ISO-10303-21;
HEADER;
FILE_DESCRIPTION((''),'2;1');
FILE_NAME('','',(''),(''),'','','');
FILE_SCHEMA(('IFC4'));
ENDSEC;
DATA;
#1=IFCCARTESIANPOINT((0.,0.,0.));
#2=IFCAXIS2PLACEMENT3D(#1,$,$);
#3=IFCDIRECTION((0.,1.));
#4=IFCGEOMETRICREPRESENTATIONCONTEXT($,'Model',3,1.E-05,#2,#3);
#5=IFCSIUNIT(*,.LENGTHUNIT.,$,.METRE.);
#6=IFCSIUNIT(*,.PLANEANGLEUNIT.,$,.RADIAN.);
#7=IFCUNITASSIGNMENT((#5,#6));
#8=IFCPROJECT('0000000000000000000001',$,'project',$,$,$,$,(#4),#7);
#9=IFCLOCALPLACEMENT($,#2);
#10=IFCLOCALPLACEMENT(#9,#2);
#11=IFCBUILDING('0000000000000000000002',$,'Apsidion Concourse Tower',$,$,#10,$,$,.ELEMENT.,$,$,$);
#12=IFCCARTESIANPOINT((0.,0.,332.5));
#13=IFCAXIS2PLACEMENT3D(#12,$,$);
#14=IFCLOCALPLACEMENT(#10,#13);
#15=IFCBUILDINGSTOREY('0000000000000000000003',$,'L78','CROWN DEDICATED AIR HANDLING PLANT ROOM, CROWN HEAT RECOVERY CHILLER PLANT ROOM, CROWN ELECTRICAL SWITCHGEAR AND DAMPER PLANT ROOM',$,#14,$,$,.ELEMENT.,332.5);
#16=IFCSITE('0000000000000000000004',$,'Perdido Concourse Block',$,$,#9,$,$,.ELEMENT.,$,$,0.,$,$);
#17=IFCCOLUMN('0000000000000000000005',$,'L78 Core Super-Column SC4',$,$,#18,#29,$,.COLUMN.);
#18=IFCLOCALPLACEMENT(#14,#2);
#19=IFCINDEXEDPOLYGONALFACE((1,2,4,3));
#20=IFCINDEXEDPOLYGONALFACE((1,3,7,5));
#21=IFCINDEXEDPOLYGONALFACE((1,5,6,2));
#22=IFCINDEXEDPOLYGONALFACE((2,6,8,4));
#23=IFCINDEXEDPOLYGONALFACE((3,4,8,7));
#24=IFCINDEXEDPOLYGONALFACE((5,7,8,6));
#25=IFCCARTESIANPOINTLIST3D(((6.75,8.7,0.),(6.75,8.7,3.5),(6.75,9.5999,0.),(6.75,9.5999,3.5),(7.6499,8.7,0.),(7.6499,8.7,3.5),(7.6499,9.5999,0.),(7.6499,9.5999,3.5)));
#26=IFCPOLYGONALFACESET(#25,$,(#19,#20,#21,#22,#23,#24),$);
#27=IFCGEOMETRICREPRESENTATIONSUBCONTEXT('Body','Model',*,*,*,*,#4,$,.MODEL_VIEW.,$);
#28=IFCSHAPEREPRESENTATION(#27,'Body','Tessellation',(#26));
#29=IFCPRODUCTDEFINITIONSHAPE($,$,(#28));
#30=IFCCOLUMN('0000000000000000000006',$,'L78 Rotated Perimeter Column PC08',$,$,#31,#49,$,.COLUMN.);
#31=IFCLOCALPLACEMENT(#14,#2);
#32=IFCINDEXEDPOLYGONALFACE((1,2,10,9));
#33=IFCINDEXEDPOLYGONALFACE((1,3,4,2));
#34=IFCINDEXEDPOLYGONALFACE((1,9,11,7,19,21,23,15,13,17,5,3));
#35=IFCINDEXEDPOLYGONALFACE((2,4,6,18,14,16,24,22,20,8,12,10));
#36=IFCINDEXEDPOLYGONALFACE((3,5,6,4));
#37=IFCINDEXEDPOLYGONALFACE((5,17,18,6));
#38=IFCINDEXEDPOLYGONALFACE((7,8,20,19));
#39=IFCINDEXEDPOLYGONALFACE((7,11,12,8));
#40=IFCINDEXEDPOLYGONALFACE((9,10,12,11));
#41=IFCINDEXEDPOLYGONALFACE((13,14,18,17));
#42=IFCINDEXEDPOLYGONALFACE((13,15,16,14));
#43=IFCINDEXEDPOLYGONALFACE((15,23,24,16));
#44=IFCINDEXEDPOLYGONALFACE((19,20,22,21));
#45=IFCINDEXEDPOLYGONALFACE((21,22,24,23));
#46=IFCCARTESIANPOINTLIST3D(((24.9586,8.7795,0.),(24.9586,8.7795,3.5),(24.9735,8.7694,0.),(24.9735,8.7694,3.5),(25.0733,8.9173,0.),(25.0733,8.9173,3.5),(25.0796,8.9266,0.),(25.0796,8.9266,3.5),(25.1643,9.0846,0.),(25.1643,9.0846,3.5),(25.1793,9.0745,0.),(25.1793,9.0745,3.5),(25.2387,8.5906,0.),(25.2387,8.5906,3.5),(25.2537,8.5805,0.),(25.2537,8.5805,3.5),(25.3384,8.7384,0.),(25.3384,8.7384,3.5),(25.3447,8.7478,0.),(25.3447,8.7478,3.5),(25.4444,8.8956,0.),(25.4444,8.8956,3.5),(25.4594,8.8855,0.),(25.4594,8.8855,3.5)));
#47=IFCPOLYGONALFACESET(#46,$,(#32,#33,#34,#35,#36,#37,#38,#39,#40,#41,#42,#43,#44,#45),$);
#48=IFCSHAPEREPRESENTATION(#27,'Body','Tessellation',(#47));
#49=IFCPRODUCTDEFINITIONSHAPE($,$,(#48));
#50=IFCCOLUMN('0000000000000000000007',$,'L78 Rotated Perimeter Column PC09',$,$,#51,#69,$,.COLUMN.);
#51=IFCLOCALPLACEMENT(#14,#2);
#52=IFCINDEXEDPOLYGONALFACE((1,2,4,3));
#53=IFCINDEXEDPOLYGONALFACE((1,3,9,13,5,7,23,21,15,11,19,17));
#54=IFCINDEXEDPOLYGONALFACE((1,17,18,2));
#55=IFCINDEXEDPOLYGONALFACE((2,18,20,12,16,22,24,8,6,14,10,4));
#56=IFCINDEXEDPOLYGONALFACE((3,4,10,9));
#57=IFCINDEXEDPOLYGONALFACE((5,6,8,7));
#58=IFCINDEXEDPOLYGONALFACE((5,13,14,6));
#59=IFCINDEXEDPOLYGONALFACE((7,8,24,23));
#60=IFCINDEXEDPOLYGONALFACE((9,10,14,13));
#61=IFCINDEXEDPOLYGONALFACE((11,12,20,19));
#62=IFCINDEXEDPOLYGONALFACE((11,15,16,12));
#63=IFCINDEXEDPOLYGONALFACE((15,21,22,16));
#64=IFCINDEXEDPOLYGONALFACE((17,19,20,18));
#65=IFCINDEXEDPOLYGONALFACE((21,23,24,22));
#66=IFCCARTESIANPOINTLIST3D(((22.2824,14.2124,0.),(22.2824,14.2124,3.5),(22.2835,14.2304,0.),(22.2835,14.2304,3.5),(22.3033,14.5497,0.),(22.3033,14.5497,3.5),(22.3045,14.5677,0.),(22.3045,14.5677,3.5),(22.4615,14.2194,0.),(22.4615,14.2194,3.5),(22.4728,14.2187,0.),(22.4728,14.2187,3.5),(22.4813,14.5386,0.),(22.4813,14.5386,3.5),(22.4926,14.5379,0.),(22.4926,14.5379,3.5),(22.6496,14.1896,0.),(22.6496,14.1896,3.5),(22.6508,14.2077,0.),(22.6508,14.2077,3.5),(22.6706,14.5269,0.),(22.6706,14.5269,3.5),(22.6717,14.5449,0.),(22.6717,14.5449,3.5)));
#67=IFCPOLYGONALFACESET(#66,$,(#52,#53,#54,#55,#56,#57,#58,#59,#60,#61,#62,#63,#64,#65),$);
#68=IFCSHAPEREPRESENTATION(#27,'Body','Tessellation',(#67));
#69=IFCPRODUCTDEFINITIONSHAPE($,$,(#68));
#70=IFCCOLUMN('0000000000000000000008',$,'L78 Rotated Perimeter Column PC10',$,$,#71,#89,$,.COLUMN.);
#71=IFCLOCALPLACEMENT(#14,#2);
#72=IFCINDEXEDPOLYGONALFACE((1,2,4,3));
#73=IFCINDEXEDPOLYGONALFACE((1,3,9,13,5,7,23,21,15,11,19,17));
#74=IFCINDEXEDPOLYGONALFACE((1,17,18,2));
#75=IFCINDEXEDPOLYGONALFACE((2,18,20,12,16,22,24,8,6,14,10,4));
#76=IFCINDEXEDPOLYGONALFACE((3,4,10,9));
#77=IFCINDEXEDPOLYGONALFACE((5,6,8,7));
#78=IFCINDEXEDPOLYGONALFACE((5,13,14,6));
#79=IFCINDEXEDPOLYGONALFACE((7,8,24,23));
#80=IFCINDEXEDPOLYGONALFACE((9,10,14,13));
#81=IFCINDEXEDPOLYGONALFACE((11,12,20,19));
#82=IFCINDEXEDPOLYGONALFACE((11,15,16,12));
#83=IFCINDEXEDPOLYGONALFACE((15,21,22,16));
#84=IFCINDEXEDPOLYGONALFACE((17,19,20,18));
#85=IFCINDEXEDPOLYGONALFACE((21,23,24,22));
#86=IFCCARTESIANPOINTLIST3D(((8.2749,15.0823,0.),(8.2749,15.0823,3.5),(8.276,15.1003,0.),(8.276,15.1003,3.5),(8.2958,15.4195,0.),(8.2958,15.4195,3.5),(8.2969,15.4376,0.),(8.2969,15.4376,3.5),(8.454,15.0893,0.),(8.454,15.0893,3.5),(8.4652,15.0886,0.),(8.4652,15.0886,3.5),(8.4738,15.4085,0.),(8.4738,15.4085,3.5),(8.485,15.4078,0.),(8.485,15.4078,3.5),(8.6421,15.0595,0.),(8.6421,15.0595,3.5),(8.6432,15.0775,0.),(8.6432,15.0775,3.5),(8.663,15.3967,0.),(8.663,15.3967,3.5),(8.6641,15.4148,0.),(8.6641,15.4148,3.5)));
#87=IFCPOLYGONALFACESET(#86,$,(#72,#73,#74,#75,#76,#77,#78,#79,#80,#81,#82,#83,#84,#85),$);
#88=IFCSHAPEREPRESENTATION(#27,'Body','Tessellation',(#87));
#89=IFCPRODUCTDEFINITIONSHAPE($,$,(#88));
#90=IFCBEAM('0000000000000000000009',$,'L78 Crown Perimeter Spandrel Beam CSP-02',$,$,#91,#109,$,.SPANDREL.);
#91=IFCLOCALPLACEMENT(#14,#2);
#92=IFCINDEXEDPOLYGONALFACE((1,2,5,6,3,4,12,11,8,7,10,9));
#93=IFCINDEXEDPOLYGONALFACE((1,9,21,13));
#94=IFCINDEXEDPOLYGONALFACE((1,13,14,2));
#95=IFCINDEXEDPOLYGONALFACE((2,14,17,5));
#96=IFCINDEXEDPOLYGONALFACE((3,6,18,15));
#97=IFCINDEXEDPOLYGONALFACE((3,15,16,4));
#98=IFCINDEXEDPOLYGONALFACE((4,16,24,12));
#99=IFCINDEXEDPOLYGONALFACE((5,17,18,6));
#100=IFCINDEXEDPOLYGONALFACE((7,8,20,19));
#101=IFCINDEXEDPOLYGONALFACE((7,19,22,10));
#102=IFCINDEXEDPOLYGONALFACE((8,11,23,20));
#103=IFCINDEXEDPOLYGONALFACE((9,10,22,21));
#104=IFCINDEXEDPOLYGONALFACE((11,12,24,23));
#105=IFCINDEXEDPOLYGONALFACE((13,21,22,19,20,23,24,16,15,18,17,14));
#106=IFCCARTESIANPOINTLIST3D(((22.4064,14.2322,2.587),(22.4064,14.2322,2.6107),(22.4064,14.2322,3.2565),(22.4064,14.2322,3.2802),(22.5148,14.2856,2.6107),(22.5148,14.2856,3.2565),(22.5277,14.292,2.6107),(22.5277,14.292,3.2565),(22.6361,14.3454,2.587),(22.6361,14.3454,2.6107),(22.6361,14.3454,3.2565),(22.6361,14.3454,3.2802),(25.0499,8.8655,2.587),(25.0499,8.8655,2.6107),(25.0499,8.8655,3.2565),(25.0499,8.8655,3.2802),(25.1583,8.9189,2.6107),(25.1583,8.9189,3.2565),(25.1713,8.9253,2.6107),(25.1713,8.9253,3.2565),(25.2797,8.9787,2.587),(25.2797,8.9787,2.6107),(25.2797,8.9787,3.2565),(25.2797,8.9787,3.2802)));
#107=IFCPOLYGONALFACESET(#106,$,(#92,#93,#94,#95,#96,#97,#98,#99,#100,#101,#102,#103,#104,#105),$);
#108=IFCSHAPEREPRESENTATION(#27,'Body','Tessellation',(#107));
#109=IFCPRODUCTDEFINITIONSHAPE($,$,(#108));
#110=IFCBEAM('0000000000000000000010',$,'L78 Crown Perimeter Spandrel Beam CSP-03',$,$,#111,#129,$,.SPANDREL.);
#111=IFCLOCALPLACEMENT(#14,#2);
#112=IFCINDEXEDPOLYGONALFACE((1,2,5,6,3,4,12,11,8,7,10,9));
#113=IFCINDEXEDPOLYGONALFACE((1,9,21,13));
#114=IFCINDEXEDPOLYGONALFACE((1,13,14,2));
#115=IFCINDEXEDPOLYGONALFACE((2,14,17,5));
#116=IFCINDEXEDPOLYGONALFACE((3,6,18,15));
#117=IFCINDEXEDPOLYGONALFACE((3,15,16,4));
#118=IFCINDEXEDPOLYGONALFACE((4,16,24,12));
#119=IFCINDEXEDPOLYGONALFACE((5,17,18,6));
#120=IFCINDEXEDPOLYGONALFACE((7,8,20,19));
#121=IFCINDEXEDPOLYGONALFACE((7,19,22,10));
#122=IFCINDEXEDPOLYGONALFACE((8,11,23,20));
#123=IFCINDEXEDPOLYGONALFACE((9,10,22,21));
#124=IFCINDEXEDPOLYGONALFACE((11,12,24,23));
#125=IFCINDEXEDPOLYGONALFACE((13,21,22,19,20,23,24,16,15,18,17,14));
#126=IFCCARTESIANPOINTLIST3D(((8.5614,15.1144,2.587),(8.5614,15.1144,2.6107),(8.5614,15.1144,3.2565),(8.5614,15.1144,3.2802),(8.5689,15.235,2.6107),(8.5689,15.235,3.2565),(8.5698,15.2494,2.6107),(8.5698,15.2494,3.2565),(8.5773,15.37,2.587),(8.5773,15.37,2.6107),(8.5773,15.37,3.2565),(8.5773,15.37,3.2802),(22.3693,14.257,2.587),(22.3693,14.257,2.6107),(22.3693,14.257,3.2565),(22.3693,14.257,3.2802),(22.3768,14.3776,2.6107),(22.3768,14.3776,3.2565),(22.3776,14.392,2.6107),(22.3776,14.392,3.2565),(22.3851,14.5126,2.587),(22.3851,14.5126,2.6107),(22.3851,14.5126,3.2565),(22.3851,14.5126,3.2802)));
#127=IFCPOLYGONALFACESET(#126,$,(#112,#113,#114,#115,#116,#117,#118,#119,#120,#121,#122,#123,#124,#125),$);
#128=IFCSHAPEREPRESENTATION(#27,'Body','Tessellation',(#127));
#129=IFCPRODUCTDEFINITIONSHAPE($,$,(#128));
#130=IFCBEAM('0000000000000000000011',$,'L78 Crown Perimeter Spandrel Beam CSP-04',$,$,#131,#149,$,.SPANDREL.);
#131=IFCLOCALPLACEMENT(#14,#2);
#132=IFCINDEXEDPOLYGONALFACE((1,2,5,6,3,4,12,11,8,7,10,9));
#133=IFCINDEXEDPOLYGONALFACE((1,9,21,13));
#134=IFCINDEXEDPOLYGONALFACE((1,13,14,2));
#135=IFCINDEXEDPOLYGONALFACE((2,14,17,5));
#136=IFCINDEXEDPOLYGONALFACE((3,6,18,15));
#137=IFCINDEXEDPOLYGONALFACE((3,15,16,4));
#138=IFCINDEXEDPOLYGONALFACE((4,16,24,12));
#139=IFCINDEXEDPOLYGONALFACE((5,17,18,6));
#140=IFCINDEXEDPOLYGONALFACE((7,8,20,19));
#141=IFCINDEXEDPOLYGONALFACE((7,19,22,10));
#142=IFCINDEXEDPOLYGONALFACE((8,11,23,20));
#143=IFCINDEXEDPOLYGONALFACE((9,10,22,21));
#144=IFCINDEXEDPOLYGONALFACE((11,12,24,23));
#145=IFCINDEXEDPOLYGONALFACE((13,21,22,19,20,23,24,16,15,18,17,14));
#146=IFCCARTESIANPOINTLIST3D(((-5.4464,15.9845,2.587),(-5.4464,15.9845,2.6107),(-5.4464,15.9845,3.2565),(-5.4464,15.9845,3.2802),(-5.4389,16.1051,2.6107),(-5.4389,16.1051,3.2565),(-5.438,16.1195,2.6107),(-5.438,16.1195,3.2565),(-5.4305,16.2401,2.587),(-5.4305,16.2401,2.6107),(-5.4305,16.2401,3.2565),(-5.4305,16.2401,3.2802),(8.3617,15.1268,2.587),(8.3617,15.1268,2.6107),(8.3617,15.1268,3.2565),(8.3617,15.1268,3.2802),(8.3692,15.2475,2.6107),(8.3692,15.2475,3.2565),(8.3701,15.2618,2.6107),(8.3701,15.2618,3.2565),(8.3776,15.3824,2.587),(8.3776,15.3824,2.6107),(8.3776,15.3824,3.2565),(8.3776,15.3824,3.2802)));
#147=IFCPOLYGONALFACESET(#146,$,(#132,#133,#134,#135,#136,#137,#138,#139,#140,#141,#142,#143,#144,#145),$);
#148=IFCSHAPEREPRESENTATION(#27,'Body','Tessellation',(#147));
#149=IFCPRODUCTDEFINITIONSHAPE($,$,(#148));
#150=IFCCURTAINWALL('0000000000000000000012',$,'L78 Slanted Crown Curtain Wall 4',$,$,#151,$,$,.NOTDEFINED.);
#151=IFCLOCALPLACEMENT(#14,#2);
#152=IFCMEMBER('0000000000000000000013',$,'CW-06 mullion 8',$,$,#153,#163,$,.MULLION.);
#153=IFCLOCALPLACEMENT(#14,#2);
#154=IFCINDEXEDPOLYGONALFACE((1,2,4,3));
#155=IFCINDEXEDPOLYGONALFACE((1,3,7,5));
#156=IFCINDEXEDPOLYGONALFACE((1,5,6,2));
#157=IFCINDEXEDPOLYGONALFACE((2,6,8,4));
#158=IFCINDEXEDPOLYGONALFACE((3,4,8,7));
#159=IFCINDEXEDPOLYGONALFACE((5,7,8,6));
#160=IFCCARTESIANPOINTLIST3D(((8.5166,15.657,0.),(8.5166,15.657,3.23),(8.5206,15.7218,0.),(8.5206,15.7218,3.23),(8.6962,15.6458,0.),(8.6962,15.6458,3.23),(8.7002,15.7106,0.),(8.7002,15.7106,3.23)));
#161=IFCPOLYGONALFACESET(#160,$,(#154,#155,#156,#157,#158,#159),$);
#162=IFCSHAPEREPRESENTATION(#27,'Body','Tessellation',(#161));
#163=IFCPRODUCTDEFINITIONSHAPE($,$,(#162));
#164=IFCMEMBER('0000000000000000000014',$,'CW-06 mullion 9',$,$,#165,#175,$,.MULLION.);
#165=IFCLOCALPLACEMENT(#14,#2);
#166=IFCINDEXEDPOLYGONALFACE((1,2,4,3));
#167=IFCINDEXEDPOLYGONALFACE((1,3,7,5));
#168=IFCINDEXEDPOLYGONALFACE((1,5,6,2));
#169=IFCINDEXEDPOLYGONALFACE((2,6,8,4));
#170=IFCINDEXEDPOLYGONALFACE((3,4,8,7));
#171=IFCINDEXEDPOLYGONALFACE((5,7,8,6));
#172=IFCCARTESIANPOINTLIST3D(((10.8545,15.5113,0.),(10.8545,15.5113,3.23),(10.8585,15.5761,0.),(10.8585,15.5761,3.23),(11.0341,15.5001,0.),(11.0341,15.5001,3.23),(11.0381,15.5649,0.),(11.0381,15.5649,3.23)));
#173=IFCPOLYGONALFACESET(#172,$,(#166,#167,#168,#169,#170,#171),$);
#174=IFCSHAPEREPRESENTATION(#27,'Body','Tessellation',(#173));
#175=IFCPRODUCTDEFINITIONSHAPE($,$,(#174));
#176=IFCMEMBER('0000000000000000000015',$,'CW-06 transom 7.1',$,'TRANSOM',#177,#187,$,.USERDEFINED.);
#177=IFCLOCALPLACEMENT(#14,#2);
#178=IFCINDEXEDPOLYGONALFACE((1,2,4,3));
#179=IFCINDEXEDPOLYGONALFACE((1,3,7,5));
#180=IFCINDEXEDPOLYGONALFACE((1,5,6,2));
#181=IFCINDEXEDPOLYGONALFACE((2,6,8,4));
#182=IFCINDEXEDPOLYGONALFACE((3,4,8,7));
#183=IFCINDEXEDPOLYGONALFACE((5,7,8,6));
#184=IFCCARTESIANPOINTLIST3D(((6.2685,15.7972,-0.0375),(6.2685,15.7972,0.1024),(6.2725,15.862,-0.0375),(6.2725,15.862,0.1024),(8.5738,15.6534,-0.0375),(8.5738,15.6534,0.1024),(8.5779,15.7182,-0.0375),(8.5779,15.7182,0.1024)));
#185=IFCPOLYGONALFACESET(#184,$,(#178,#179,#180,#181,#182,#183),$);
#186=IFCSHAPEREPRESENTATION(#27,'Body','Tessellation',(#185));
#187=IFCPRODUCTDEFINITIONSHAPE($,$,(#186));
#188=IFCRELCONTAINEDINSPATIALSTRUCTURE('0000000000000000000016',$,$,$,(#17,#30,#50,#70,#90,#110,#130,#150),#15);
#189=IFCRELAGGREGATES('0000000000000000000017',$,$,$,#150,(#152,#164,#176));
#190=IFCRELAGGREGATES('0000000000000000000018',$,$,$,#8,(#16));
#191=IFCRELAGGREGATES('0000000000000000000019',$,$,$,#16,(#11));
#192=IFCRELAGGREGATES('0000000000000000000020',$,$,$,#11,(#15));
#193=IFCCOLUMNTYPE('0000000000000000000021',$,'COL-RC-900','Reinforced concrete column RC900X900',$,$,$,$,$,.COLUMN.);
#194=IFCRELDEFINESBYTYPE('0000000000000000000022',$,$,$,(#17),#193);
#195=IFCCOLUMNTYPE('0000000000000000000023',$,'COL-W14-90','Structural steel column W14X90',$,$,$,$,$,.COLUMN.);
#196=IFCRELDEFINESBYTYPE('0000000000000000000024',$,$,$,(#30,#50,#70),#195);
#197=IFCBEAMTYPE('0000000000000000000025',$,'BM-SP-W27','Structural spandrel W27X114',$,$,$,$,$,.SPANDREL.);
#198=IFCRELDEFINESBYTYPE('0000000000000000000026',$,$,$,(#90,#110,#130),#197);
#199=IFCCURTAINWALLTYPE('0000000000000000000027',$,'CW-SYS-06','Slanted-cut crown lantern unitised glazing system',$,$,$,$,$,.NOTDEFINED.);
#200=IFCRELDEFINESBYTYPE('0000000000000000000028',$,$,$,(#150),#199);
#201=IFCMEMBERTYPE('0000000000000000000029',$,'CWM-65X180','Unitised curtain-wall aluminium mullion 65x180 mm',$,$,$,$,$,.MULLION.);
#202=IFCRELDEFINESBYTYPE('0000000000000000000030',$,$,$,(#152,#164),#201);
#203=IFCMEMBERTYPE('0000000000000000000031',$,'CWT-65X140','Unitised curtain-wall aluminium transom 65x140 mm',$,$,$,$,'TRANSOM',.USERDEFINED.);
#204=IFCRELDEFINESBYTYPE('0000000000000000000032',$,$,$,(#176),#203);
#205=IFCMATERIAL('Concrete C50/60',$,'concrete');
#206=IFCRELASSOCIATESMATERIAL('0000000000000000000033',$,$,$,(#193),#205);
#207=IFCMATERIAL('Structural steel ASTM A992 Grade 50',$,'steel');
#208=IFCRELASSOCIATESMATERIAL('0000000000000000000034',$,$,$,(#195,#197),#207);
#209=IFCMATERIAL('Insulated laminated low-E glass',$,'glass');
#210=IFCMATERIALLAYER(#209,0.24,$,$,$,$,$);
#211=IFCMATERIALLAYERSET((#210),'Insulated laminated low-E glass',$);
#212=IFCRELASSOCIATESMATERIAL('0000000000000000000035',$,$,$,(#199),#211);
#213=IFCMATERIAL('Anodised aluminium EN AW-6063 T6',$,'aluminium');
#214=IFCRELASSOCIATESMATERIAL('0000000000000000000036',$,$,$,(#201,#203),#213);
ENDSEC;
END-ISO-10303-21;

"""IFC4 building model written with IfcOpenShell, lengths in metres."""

from ifc_helpers import new_model, si_unit, direction, frame, origin, origin_2d, place, context, subcontext, project, spatial, rectangle, i_section, extrude, material, layer, layer_set, material_profile, profile_set, type_object, element, aggregate, save


model = new_model("IFC4")

# Units and contexts
model_context = context("Model", 3, precision=1e-05, world=origin(), true_north=direction((0.0, 1.0)))
body_context = subcontext(model_context, "Body", "Model", "MODEL_VIEW")
ifc_project = project(units=[si_unit("LENGTHUNIT", "METRE"), si_unit("PLANEANGLEUNIT", "RADIAN")], contexts=[model_context])

# Site, building, storey
site_placement = place(None, origin())
site = spatial("IfcSite", under=ifc_project, at=site_placement, Name="Perdido Concourse Block", CompositionType="ELEMENT", RefElevation=0.0)
building_placement = place(site_placement, origin())
building = spatial("IfcBuilding", under=site, at=building_placement, Name="Apsidion Concourse Tower", CompositionType="ELEMENT")
storey_placement = place(building_placement, frame((0.0, 0.0, 332.5)))
storey = spatial("IfcBuildingStorey", under=building, at=storey_placement, Name="L78", Description="CROWN DEDICATED AIR HANDLING PLANT ROOM, CROWN HEAT RECOVERY CHILLER PLANT ROOM, CROWN ELECTRICAL SWITCHGEAR AND DAMPER PLANT ROOM", CompositionType="ELEMENT", Elevation=332.5)

# Columns
ifc_material_1 = material(Name="Concrete C50/60", Category="concrete")
ifc_material_profile_1 = material_profile(ifc_material_1, rectangle(XDim=0.8999, YDim=0.8999, at=origin_2d()), Name="RC 900x900")
ifc_profile_set_1 = profile_set([ifc_material_profile_1], Name="Concrete C50/60")
column_type_1 = type_object("IfcColumnType", Name="COL-RC-900", Description="Reinforced concrete column RC900X900", PredefinedType="COLUMN", material=ifc_profile_set_1)
column_placement = place(storey_placement, frame((7.2, 9.1499, 0.0), z_axis=(0.0, 0.0, 1.0), x_axis=(1.0, 0.0, 0.0)))
element("IfcColumn", 1, at=column_placement, inside=storey, type_object=column_type_1, Name="L78 Core Super-Column SC4", PredefinedType="COLUMN", context=body_context, shape_type="SweptSolid", body=[
    extrude(rectangle(XDim=0.8999, YDim=0.8999, at=origin_2d()), origin(), (0.0, 0.0, 1.0), 3.5),
])
ifc_material_2 = material(Name="Structural steel ASTM A992 Grade 50", Category="steel")
ifc_material_profile_2 = material_profile(ifc_material_2, i_section(OverallWidth=0.3679, OverallDepth=0.356, WebThickness=0.0112, FlangeThickness=0.0181, at=origin_2d()), Name="W14X90")
ifc_profile_set_2 = profile_set([ifc_material_profile_2], Name="Structural steel ASTM A992 Grade 50")
column_type_2 = type_object("IfcColumnType", Name="COL-W14-90", Description="Structural steel column W14X90", PredefinedType="COLUMN", material=ifc_profile_set_2)
for number, where, z_axis, x_axis, name in (
    (2, (25.209, 8.8325, 0.0), (0.0, 0.0, 1.0), (0.559193, 0.829038, 0.0), "L78 Rotated Perimeter Column PC08"),
    (3, (22.4771, 14.3787, 0.0), (0.0, 0.0, 1.0), (-0.998081, 0.06192, 0.0), "L78 Rotated Perimeter Column PC09"),
    (4, (8.4695, 15.2485, 0.0), (0.0, 0.0, 1.0), (-0.998081, 0.06192, 0.0), "L78 Rotated Perimeter Column PC10"),
):
    element("IfcColumn", number, at=place(storey_placement, frame(where, z_axis=z_axis, x_axis=x_axis)), inside=storey, type_object=column_type_2, Name=name, PredefinedType="COLUMN", context=body_context, shape_type="SweptSolid", body=[
        extrude(i_section(OverallWidth=0.3679, OverallDepth=0.356, WebThickness=0.0112, FlangeThickness=0.0181, at=origin_2d()), origin(), (0.0, 0.0, 1.0), 3.5),
    ])

# Beams
ifc_material_profile_3 = material_profile(ifc_material_2, i_section(OverallWidth=0.2561, OverallDepth=0.6931, WebThickness=0.0144, FlangeThickness=0.0237, at=origin_2d()), Name="W27X114")
ifc_profile_set_3 = profile_set([ifc_material_profile_3], Name="Structural steel ASTM A992 Grade 50")
beam_type = type_object("IfcBeamType", Name="BM-SP-W27", Description="Structural spandrel W27X114", PredefinedType="SPANDREL", material=ifc_profile_set_3)
beam_1_placement = place(storey_placement, frame((25.1648, 8.9221, 2.9336), z_axis=(-0.441884, 0.897072, 0.0), x_axis=(-0.897072, -0.441884, 0.0)))
element("IfcBeam", 5, at=beam_1_placement, inside=storey, type_object=beam_type, Name="L78 Crown Perimeter Spandrel Beam CSP-02", PredefinedType="SPANDREL", context=body_context, shape_type="SweptSolid", body=[
    extrude(i_section(OverallWidth=0.2561, OverallDepth=0.6931, WebThickness=0.0144, FlangeThickness=0.0237, at=origin_2d()), origin(), (0.0, 0.0, 1.0), 5.9824),
])
beam_2_placement = place(storey_placement, frame((22.3772, 14.3848, 2.9336), z_axis=(-0.998078, 0.061977, 0.0), x_axis=(-0.061977, -0.998078, 0.0)))
element("IfcBeam", 6, at=beam_2_placement, inside=storey, type_object=beam_type, Name="L78 Crown Perimeter Spandrel Beam CSP-03", PredefinedType="SPANDREL", context=body_context, shape_type="SweptSolid", body=[
    extrude(i_section(OverallWidth=0.2561, OverallDepth=0.6931, WebThickness=0.0144, FlangeThickness=0.0237, at=origin_2d()), origin(), (0.0, 0.0, 1.0), 13.8345),
])
beam_3_placement = place(storey_placement, frame((8.3696, 15.2546, 2.9336), z_axis=(-0.998077, 0.061994, 0.0), x_axis=(-0.061994, -0.998077, 0.0)))
element("IfcBeam", 7, at=beam_3_placement, inside=storey, type_object=beam_type, Name="L78 Crown Perimeter Spandrel Beam CSP-04", PredefinedType="SPANDREL", context=body_context, shape_type="SweptSolid", body=[
    extrude(i_section(OverallWidth=0.2561, OverallDepth=0.6931, WebThickness=0.0144, FlangeThickness=0.0237, at=origin_2d()), origin(), (0.0, 0.0, 1.0), 13.8347),
])

# Curtain wall, members
ifc_material_3 = material(Name="Insulated laminated low-E glass", Category="glass")
ifc_layer_1 = layer(ifc_material_3, 0.24)
ifc_layer_set_1 = layer_set([ifc_layer_1], Name="Insulated laminated low-E glass")
curtain_wall_type = type_object("IfcCurtainWallType", Name="CW-SYS-06", Description="Slanted-cut crown lantern unitised glazing system", PredefinedType="NOTDEFINED", material=ifc_layer_set_1)
curtain_wall_placement = place(storey_placement, origin())
curtain_wall = element("IfcCurtainWall", 8, at=curtain_wall_placement, inside=storey, type_object=curtain_wall_type, Name="L78 Slanted Crown Curtain Wall 4", PredefinedType="NOTDEFINED")
ifc_material_4 = material(Name="Anodised aluminium EN AW-6063 T6", Category="aluminium")
ifc_material_profile_4 = material_profile(ifc_material_4, rectangle(XDim=0.0649, YDim=0.1799, at=origin_2d()), Name="ALU MULLION 65x180")
ifc_profile_set_4 = profile_set([ifc_material_profile_4], Name="Anodised aluminium EN AW-6063 T6")
member_type_1 = type_object("IfcMemberType", Name="CWM-65X180", Description="Unitised curtain-wall aluminium mullion 65x180 mm", PredefinedType="MULLION", material=ifc_profile_set_4)
member_1_placement = place(storey_placement, frame((8.6084, 15.6838, 0.0), z_axis=(0.0, 0.0, 1.0), x_axis=(0.062245, 0.998061, 0.0)))
member_1 = element("IfcMember", 9, at=member_1_placement, type_object=member_type_1, Name="CW-06 mullion 8", PredefinedType="MULLION", context=body_context, shape_type="SweptSolid", body=[
    extrude(rectangle(XDim=0.0649, YDim=0.1799, at=origin_2d()), origin(), (0.0, 0.0, 1.0), 3.23),
])
member_2_placement = place(storey_placement, frame((10.9463, 15.5381, 0.0), z_axis=(0.0, 0.0, 1.0), x_axis=(0.062245, 0.998061, 0.0)))
member_2 = element("IfcMember", 10, at=member_2_placement, type_object=member_type_1, Name="CW-06 mullion 9", PredefinedType="MULLION", context=body_context, shape_type="SweptSolid", body=[
    extrude(rectangle(XDim=0.0649, YDim=0.1799, at=origin_2d()), origin(), (0.0, 0.0, 1.0), 3.23),
])
ifc_material_profile_5 = material_profile(ifc_material_4, rectangle(XDim=0.0649, YDim=0.1399, at=origin_2d()), Name="ALU TRANSOM 65x140")
ifc_profile_set_5 = profile_set([ifc_material_profile_5], Name="Anodised aluminium EN AW-6063 T6")
member_type_2 = type_object("IfcMemberType", Name="CWT-65X140", Description="Unitised curtain-wall aluminium transom 65x140 mm", ElementType="TRANSOM", PredefinedType="USERDEFINED", material=ifc_profile_set_5)
member_3_placement = place(storey_placement, frame((6.2705, 15.8296, 0.0325), z_axis=(0.99806, -0.062253, 0.0), x_axis=(0.062253, 0.99806, 0.0)))
member_3 = element("IfcMember", 11, at=member_3_placement, type_object=member_type_2, Name="CW-06 transom 7.1", ObjectType="TRANSOM", PredefinedType="USERDEFINED", context=body_context, shape_type="SweptSolid", body=[
    extrude(rectangle(XDim=0.0649, YDim=0.1399, at=origin_2d()), origin(), (0.0, 0.0, 1.0), 2.3098),
])
aggregate(curtain_wall, [member_1, member_2, member_3])

save(model, "model.ifc")
